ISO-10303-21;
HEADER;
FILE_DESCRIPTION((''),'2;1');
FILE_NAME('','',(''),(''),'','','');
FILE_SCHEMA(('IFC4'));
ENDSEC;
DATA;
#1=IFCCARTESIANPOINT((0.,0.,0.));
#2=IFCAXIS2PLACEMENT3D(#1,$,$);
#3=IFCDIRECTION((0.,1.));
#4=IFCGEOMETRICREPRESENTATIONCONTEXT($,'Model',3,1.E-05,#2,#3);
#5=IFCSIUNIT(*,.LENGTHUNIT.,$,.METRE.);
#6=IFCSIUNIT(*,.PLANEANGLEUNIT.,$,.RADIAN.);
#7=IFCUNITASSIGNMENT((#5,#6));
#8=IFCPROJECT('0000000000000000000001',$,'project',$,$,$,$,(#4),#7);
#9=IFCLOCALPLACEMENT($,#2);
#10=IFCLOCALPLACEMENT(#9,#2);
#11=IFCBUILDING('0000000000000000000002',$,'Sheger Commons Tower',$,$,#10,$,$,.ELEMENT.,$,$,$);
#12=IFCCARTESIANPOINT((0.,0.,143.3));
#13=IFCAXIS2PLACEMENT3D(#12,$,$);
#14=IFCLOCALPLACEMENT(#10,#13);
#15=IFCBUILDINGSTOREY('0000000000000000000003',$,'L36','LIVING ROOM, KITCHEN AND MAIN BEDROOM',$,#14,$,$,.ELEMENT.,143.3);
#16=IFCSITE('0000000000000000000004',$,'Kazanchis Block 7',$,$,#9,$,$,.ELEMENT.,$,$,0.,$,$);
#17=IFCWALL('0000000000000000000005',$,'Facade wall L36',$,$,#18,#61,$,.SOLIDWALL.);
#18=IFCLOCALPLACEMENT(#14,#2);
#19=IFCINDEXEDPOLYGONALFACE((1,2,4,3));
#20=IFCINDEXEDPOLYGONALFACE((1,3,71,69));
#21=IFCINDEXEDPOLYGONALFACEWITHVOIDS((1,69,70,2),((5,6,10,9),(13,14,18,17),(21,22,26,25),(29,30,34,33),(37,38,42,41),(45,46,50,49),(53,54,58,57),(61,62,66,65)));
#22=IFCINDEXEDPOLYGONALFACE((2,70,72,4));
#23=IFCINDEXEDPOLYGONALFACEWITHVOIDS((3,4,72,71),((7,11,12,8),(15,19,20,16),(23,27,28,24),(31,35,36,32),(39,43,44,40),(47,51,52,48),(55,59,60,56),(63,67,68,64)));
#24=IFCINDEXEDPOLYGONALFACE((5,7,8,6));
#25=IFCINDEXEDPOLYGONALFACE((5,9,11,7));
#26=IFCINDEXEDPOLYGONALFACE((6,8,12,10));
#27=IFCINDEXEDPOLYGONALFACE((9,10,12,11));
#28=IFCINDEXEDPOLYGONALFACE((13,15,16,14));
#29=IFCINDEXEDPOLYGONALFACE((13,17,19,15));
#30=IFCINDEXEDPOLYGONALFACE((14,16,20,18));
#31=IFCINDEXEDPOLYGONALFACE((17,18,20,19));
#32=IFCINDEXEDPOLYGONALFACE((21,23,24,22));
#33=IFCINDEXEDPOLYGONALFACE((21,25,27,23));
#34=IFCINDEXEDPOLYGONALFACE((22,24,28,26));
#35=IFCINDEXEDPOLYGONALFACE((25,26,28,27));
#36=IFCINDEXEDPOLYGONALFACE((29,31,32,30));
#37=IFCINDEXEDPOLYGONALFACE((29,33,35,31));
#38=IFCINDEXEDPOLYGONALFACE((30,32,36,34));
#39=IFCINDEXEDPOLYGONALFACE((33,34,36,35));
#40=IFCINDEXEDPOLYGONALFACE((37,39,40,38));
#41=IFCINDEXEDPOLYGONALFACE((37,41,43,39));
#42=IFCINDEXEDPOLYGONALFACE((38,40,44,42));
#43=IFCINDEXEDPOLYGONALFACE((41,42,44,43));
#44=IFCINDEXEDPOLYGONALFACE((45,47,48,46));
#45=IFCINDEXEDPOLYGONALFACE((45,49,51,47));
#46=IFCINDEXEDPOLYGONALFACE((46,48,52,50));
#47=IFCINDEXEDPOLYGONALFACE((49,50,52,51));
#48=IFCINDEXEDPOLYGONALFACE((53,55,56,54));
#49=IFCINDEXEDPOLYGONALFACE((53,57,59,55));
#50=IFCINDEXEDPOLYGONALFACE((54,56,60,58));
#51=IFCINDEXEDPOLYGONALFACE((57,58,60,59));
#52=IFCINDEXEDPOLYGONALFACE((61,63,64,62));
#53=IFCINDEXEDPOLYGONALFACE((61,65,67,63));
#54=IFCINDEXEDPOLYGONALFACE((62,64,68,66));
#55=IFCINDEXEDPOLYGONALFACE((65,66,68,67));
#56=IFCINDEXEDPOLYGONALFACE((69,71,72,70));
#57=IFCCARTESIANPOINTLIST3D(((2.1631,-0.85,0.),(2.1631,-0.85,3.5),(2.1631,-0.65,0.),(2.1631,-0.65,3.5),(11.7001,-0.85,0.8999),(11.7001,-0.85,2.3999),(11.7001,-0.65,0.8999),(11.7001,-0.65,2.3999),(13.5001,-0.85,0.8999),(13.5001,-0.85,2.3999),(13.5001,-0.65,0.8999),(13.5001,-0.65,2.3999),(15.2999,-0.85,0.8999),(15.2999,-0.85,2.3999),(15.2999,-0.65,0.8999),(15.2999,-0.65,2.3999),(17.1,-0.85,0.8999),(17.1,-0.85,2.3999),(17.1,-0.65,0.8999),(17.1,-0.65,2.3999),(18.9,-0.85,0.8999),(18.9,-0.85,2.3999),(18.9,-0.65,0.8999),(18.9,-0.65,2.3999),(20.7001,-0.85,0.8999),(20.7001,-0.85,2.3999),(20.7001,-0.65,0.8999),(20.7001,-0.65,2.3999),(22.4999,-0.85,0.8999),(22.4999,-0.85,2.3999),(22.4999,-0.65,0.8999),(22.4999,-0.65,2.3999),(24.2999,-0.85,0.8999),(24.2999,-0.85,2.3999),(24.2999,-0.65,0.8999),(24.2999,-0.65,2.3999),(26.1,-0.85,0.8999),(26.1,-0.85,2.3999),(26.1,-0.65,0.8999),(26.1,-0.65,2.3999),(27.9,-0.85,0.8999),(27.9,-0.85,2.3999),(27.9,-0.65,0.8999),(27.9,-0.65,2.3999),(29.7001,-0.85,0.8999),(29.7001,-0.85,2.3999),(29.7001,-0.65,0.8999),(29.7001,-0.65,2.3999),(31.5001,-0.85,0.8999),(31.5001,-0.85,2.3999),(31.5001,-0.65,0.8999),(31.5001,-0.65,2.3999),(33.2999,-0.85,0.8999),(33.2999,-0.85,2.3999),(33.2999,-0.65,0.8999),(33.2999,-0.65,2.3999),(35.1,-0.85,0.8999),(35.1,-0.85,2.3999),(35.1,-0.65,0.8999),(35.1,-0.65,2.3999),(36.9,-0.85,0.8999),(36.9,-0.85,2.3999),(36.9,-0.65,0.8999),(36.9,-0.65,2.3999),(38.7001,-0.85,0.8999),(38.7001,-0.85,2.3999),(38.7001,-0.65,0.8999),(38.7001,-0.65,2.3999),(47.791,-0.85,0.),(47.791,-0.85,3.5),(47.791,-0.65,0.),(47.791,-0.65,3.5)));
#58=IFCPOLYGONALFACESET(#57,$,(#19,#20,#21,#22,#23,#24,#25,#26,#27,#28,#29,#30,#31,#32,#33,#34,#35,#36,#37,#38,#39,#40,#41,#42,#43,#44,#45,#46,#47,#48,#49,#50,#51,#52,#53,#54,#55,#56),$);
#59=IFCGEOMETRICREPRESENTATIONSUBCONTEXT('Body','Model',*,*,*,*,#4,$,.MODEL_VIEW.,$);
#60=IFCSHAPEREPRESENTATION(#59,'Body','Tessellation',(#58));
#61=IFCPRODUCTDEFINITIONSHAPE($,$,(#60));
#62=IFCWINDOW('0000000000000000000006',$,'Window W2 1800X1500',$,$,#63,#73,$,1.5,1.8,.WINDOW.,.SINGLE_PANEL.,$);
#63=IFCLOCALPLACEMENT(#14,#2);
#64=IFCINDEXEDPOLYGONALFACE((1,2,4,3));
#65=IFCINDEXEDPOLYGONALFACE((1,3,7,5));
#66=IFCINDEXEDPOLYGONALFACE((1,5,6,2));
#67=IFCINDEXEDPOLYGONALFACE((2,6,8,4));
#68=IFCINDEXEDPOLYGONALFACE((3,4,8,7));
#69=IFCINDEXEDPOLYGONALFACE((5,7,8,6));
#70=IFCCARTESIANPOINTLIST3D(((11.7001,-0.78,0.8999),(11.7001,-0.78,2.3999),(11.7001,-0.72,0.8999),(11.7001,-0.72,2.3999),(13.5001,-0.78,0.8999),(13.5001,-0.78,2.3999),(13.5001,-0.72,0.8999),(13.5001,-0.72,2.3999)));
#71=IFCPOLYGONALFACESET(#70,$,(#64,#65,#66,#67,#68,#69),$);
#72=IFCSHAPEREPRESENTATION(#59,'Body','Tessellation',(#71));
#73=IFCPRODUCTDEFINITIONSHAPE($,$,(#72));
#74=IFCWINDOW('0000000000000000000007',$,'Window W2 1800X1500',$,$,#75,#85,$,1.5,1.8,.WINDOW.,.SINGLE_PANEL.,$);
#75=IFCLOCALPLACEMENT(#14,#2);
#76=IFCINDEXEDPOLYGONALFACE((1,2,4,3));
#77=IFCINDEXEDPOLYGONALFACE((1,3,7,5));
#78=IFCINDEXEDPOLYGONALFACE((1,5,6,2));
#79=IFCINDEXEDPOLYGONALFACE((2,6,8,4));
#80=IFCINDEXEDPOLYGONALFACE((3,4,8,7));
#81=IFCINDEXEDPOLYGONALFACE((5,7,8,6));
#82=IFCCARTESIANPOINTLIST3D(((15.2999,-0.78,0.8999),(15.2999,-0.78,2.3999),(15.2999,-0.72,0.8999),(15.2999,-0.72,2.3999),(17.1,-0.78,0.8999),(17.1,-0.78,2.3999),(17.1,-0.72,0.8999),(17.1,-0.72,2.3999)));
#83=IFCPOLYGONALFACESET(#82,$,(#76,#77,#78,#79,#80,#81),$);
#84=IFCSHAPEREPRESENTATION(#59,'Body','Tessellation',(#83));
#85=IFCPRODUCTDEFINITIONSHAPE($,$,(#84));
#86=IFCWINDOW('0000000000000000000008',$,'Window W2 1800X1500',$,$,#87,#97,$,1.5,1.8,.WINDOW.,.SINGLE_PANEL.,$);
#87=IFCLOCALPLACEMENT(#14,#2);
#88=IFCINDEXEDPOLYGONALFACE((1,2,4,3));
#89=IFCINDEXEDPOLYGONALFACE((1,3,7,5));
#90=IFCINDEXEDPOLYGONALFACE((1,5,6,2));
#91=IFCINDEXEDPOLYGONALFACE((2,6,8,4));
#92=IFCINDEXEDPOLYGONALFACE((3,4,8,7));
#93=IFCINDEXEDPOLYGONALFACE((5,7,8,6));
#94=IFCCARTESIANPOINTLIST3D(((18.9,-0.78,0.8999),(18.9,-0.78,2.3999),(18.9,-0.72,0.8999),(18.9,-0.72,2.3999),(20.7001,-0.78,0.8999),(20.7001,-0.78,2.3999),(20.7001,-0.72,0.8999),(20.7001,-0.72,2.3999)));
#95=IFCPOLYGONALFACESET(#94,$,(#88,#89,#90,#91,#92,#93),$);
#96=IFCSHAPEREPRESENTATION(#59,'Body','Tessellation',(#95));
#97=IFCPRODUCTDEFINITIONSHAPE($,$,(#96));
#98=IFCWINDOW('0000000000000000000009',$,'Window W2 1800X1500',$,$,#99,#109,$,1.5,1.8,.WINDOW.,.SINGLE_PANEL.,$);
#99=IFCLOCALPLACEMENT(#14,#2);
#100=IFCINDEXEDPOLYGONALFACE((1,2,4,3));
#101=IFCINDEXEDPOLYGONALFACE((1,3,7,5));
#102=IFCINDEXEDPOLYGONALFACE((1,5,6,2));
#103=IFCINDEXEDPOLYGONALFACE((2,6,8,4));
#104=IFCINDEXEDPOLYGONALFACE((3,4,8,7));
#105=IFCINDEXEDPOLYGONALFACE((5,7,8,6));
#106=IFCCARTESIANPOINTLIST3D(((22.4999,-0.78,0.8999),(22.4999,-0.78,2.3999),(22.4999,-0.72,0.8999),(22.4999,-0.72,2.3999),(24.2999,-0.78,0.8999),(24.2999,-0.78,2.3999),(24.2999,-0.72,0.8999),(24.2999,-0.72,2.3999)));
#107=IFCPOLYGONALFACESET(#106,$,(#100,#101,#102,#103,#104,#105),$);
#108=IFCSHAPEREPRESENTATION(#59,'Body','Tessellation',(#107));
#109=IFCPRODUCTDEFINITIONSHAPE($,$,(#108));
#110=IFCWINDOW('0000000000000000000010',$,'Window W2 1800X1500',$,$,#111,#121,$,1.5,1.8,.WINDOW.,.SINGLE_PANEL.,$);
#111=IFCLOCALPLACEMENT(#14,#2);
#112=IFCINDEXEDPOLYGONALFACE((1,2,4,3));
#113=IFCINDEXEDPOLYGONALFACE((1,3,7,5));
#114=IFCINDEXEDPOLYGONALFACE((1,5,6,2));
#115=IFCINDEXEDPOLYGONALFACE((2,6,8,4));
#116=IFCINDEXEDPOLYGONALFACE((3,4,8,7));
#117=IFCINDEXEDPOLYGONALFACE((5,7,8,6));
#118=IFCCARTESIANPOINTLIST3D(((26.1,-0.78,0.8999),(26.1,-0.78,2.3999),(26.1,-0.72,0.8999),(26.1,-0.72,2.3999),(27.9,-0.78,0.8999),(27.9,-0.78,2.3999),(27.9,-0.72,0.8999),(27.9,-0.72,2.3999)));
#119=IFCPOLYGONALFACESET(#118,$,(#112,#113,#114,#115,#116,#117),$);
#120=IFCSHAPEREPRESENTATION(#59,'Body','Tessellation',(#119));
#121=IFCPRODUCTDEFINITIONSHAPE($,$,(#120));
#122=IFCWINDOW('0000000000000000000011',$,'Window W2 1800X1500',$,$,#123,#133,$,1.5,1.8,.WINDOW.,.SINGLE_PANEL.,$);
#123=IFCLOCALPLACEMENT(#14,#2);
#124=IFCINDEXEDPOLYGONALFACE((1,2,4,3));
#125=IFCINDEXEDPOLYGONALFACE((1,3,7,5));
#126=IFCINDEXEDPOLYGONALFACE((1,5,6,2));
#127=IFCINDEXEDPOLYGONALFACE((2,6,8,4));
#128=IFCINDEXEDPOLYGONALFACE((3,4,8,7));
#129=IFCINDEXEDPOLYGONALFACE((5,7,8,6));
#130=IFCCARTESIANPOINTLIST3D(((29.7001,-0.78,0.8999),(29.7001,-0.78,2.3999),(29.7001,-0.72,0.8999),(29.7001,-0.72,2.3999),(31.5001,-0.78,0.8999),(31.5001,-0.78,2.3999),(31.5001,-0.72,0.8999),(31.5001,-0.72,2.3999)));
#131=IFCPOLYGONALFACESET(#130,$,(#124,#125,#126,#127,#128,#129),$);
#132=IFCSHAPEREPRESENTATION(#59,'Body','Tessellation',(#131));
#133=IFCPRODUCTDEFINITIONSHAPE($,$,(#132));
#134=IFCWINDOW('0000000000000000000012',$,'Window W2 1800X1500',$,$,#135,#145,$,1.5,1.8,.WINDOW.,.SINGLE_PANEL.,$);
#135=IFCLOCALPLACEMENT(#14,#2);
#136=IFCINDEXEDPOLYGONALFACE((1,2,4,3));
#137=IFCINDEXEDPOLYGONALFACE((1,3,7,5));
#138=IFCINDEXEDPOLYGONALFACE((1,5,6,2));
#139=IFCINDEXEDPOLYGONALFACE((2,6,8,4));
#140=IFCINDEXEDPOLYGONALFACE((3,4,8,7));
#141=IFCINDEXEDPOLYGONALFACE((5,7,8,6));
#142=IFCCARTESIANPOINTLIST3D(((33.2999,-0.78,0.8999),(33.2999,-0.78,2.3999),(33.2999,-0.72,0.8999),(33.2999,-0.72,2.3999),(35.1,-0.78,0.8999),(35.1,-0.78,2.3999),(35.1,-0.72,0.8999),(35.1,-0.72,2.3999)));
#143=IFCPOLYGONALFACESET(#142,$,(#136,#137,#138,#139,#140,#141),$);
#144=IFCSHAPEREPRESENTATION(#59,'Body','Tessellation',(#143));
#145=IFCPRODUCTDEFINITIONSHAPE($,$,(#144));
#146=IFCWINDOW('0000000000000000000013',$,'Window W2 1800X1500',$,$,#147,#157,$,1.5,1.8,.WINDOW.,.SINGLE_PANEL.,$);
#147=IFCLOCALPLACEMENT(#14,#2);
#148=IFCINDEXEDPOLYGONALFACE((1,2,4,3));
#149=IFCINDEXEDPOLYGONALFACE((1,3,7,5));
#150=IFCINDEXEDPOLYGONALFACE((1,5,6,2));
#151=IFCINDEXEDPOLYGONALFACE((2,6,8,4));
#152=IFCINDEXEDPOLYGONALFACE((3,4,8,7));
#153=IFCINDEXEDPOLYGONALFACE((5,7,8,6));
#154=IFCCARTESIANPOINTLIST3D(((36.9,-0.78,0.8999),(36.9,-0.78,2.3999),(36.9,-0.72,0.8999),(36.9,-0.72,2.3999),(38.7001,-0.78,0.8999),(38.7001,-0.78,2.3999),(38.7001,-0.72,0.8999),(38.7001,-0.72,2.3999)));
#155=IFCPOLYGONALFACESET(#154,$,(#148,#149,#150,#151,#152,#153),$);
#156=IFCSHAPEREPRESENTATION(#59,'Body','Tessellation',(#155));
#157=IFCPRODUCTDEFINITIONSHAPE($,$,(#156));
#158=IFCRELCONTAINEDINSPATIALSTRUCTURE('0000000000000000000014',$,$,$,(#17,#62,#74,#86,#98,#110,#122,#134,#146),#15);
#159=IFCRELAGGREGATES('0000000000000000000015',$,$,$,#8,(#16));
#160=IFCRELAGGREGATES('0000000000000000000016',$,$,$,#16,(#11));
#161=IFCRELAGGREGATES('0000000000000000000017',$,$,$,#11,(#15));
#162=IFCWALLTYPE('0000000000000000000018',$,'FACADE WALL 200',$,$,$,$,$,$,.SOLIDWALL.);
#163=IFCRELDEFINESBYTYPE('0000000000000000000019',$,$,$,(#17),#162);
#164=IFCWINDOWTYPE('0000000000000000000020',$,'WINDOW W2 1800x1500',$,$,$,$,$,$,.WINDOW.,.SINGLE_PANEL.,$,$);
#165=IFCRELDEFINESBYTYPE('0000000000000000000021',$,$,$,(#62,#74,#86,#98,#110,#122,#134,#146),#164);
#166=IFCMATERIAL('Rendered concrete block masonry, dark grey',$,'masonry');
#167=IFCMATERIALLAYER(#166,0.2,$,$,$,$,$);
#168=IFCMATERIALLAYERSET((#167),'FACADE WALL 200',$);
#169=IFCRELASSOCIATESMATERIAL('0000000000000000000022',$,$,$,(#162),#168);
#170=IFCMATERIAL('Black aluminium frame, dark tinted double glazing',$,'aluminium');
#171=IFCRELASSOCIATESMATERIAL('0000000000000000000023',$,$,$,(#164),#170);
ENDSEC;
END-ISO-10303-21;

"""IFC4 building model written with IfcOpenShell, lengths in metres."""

from ifc_helpers import new_model, si_unit, direction, frame, frame_2d, origin, place, context, subcontext, project, spatial, rectangle, extrude, material, layer, layer_set, type_object, element, fill, save


model = new_model("IFC4")

# Units and contexts
model_context = context("Model", 3, precision=1e-05, world=origin(), true_north=direction((0.0, 1.0)))
body_context = subcontext(model_context, "Body", "Model", "MODEL_VIEW")
ifc_project = project(units=[si_unit("LENGTHUNIT", "METRE"), si_unit("PLANEANGLEUNIT", "RADIAN")], contexts=[model_context])

# Site, building, storey
site_placement = place(None, origin())
site = spatial("IfcSite", under=ifc_project, at=site_placement, Name="Kazanchis Block 7", CompositionType="ELEMENT", RefElevation=0.0)
building_placement = place(site_placement, origin())
building = spatial("IfcBuilding", under=site, at=building_placement, Name="Sheger Commons Tower", CompositionType="ELEMENT")
storey_placement = place(building_placement, frame((0.0, 0.0, 143.3)))
storey = spatial("IfcBuildingStorey", under=building, at=storey_placement, Name="L36", Description="LIVING ROOM, KITCHEN AND MAIN BEDROOM", CompositionType="ELEMENT", Elevation=143.3)

# Wall, openings, windows
ifc_material_1 = material(Name="Rendered concrete block masonry, dark grey", Category="masonry")
ifc_layer_1 = layer(ifc_material_1, 0.2)
ifc_layer_set_1 = layer_set([ifc_layer_1], Name="FACADE WALL 200")
wall_type_1 = type_object("IfcWallType", Name="FACADE WALL 200", PredefinedType="SOLIDWALL", material=ifc_layer_set_1)
wall_1_placement = place(storey_placement, frame((2.1631, -0.75, 0.0), z_axis=(0.0, 0.0, 1.0), x_axis=(1.0, 0.0, 0.0)))
wall_1 = element("IfcWall", 1, at=wall_1_placement, inside=storey, type_object=wall_type_1, Name="Facade wall L36", PredefinedType="SOLIDWALL", context=body_context, shape_type="SweptSolid", body=[
    extrude(rectangle(XDim=45.6279, YDim=0.2, at=frame_2d((22.814, 0.0))), origin(), (0.0, 0.0, 1.0), 3.5),
])
opening_1_placement = place(wall_1_placement, frame((9.5371, 0.0, 0.8999)))
opening_1 = element("IfcOpeningElement", 2, at=opening_1_placement, cuts=wall_1, PredefinedType="OPENING", context=body_context, shape_type="SweptSolid", body=[
    extrude(rectangle(XDim=1.8, YDim=1.5, at=frame_2d((0.8999, 0.75))), frame((0.0, 0.1099, 0.0), z_axis=(0.0, -1.0, 0.0), x_axis=(1.0, 0.0, 0.0)), (0.0, 0.0, 1.0), 0.22),
])
opening_2_placement = place(wall_1_placement, frame((13.137, 0.0, 0.8999)))
opening_2 = element("IfcOpeningElement", 3, at=opening_2_placement, cuts=wall_1, PredefinedType="OPENING", context=body_context, shape_type="SweptSolid", body=[
    extrude(rectangle(XDim=1.8, YDim=1.5, at=frame_2d((0.8999, 0.75))), frame((0.0, 0.1099, 0.0), z_axis=(0.0, -1.0, 0.0), x_axis=(1.0, 0.0, 0.0)), (0.0, 0.0, 1.0), 0.22),
])
opening_3_placement = place(wall_1_placement, frame((16.7371, 0.0, 0.8999)))
opening_3 = element("IfcOpeningElement", 4, at=opening_3_placement, cuts=wall_1, PredefinedType="OPENING", context=body_context, shape_type="SweptSolid", body=[
    extrude(rectangle(XDim=1.8, YDim=1.5, at=frame_2d((0.8999, 0.75))), frame((0.0, 0.1099, 0.0), z_axis=(0.0, -1.0, 0.0), x_axis=(1.0, 0.0, 0.0)), (0.0, 0.0, 1.0), 0.22),
])
opening_4_placement = place(wall_1_placement, frame((20.3369, 0.0, 0.8999)))
opening_4 = element("IfcOpeningElement", 5, at=opening_4_placement, cuts=wall_1, PredefinedType="OPENING", context=body_context, shape_type="SweptSolid", body=[
    extrude(rectangle(XDim=1.8, YDim=1.5, at=frame_2d((0.8999, 0.75))), frame((0.0, 0.1099, 0.0), z_axis=(0.0, -1.0, 0.0), x_axis=(1.0, 0.0, 0.0)), (0.0, 0.0, 1.0), 0.22),
])
opening_5_placement = place(wall_1_placement, frame((23.937, 0.0, 0.8999)))
opening_5 = element("IfcOpeningElement", 6, at=opening_5_placement, cuts=wall_1, PredefinedType="OPENING", context=body_context, shape_type="SweptSolid", body=[
    extrude(rectangle(XDim=1.8, YDim=1.5, at=frame_2d((0.8999, 0.75))), frame((0.0, 0.1099, 0.0), z_axis=(0.0, -1.0, 0.0), x_axis=(1.0, 0.0, 0.0)), (0.0, 0.0, 1.0), 0.22),
])
opening_6_placement = place(wall_1_placement, frame((27.5371, 0.0, 0.8999)))
opening_6 = element("IfcOpeningElement", 7, at=opening_6_placement, cuts=wall_1, PredefinedType="OPENING", context=body_context, shape_type="SweptSolid", body=[
    extrude(rectangle(XDim=1.8, YDim=1.5, at=frame_2d((0.8999, 0.75))), frame((0.0, 0.1099, 0.0), z_axis=(0.0, -1.0, 0.0), x_axis=(1.0, 0.0, 0.0)), (0.0, 0.0, 1.0), 0.22),
])
opening_7_placement = place(wall_1_placement, frame((31.137, 0.0, 0.8999)))
opening_7 = element("IfcOpeningElement", 8, at=opening_7_placement, cuts=wall_1, PredefinedType="OPENING", context=body_context, shape_type="SweptSolid", body=[
    extrude(rectangle(XDim=1.8, YDim=1.5, at=frame_2d((0.8999, 0.75))), frame((0.0, 0.1099, 0.0), z_axis=(0.0, -1.0, 0.0), x_axis=(1.0, 0.0, 0.0)), (0.0, 0.0, 1.0), 0.22),
])
opening_8_placement = place(wall_1_placement, frame((34.7371, 0.0, 0.8999)))
opening_8 = element("IfcOpeningElement", 9, at=opening_8_placement, cuts=wall_1, PredefinedType="OPENING", context=body_context, shape_type="SweptSolid", body=[
    extrude(rectangle(XDim=1.8, YDim=1.5, at=frame_2d((0.8999, 0.75))), frame((0.0, 0.1099, 0.0), z_axis=(0.0, -1.0, 0.0), x_axis=(1.0, 0.0, 0.0)), (0.0, 0.0, 1.0), 0.22),
])
ifc_material_2 = material(Name="Black aluminium frame, dark tinted double glazing", Category="aluminium")
window_type = type_object("IfcWindowType", Name="WINDOW W2 1800x1500", PartitioningType="SINGLE_PANEL", PredefinedType="WINDOW", material=ifc_material_2)
window_1_placement = place(opening_1_placement, origin())
window_1 = element("IfcWindow", 10, at=window_1_placement, inside=storey, type_object=window_type, Name="Window W2 1800X1500", OverallHeight=1.5, OverallWidth=1.8, PartitioningType="SINGLE_PANEL", PredefinedType="WINDOW", context=body_context, shape_type="SweptSolid", body=[
    extrude(rectangle(XDim=1.8, YDim=1.5, at=frame_2d((0.8999, 0.75))), frame((0.0, 0.03, 0.0), z_axis=(0.0, -1.0, 0.0), x_axis=(1.0, 0.0, 0.0)), (0.0, 0.0, 1.0), 0.0601),
])
fill(opening_1, window_1)
window_2_placement = place(opening_2_placement, origin())
window_2 = element("IfcWindow", 11, at=window_2_placement, inside=storey, type_object=window_type, Name="Window W2 1800X1500", OverallHeight=1.5, OverallWidth=1.8, PartitioningType="SINGLE_PANEL", PredefinedType="WINDOW", context=body_context, shape_type="SweptSolid", body=[
    extrude(rectangle(XDim=1.8, YDim=1.5, at=frame_2d((0.8999, 0.75))), frame((0.0, 0.03, 0.0), z_axis=(0.0, -1.0, 0.0), x_axis=(1.0, 0.0, 0.0)), (0.0, 0.0, 1.0), 0.0601),
])
fill(opening_2, window_2)
window_3_placement = place(opening_3_placement, origin())
window_3 = element("IfcWindow", 12, at=window_3_placement, inside=storey, type_object=window_type, Name="Window W2 1800X1500", OverallHeight=1.5, OverallWidth=1.8, PartitioningType="SINGLE_PANEL", PredefinedType="WINDOW", context=body_context, shape_type="SweptSolid", body=[
    extrude(rectangle(XDim=1.8, YDim=1.5, at=frame_2d((0.8999, 0.75))), frame((0.0, 0.03, 0.0), z_axis=(0.0, -1.0, 0.0), x_axis=(1.0, 0.0, 0.0)), (0.0, 0.0, 1.0), 0.0601),
])
fill(opening_3, window_3)
window_4_placement = place(opening_4_placement, origin())
window_4 = element("IfcWindow", 13, at=window_4_placement, inside=storey, type_object=window_type, Name="Window W2 1800X1500", OverallHeight=1.5, OverallWidth=1.8, PartitioningType="SINGLE_PANEL", PredefinedType="WINDOW", context=body_context, shape_type="SweptSolid", body=[
    extrude(rectangle(XDim=1.8, YDim=1.5, at=frame_2d((0.8999, 0.75))), frame((0.0, 0.03, 0.0), z_axis=(0.0, -1.0, 0.0), x_axis=(1.0, 0.0, 0.0)), (0.0, 0.0, 1.0), 0.0601),
])
fill(opening_4, window_4)
window_5_placement = place(opening_5_placement, origin())
window_5 = element("IfcWindow", 14, at=window_5_placement, inside=storey, type_object=window_type, Name="Window W2 1800X1500", OverallHeight=1.5, OverallWidth=1.8, PartitioningType="SINGLE_PANEL", PredefinedType="WINDOW", context=body_context, shape_type="SweptSolid", body=[
    extrude(rectangle(XDim=1.8, YDim=1.5, at=frame_2d((0.8999, 0.75))), frame((0.0, 0.03, 0.0), z_axis=(0.0, -1.0, 0.0), x_axis=(1.0, 0.0, 0.0)), (0.0, 0.0, 1.0), 0.0601),
])
fill(opening_5, window_5)
window_6_placement = place(opening_6_placement, origin())
window_6 = element("IfcWindow", 15, at=window_6_placement, inside=storey, type_object=window_type, Name="Window W2 1800X1500", OverallHeight=1.5, OverallWidth=1.8, PartitioningType="SINGLE_PANEL", PredefinedType="WINDOW", context=body_context, shape_type="SweptSolid", body=[
    extrude(rectangle(XDim=1.8, YDim=1.5, at=frame_2d((0.8999, 0.75))), frame((0.0, 0.03, 0.0), z_axis=(0.0, -1.0, 0.0), x_axis=(1.0, 0.0, 0.0)), (0.0, 0.0, 1.0), 0.0601),
])
fill(opening_6, window_6)
window_7_placement = place(opening_7_placement, origin())
window_7 = element("IfcWindow", 16, at=window_7_placement, inside=storey, type_object=window_type, Name="Window W2 1800X1500", OverallHeight=1.5, OverallWidth=1.8, PartitioningType="SINGLE_PANEL", PredefinedType="WINDOW", context=body_context, shape_type="SweptSolid", body=[
    extrude(rectangle(XDim=1.8, YDim=1.5, at=frame_2d((0.8999, 0.75))), frame((0.0, 0.03, 0.0), z_axis=(0.0, -1.0, 0.0), x_axis=(1.0, 0.0, 0.0)), (0.0, 0.0, 1.0), 0.0601),
])
fill(opening_7, window_7)
window_8_placement = place(opening_8_placement, origin())
window_8 = element("IfcWindow", 17, at=window_8_placement, inside=storey, type_object=window_type, Name="Window W2 1800X1500", OverallHeight=1.5, OverallWidth=1.8, PartitioningType="SINGLE_PANEL", PredefinedType="WINDOW", context=body_context, shape_type="SweptSolid", body=[
    extrude(rectangle(XDim=1.8, YDim=1.5, at=frame_2d((0.8999, 0.75))), frame((0.0, 0.03, 0.0), z_axis=(0.0, -1.0, 0.0), x_axis=(1.0, 0.0, 0.0)), (0.0, 0.0, 1.0), 0.0601),
])
fill(opening_8, window_8)

save(model, "model.ifc")
